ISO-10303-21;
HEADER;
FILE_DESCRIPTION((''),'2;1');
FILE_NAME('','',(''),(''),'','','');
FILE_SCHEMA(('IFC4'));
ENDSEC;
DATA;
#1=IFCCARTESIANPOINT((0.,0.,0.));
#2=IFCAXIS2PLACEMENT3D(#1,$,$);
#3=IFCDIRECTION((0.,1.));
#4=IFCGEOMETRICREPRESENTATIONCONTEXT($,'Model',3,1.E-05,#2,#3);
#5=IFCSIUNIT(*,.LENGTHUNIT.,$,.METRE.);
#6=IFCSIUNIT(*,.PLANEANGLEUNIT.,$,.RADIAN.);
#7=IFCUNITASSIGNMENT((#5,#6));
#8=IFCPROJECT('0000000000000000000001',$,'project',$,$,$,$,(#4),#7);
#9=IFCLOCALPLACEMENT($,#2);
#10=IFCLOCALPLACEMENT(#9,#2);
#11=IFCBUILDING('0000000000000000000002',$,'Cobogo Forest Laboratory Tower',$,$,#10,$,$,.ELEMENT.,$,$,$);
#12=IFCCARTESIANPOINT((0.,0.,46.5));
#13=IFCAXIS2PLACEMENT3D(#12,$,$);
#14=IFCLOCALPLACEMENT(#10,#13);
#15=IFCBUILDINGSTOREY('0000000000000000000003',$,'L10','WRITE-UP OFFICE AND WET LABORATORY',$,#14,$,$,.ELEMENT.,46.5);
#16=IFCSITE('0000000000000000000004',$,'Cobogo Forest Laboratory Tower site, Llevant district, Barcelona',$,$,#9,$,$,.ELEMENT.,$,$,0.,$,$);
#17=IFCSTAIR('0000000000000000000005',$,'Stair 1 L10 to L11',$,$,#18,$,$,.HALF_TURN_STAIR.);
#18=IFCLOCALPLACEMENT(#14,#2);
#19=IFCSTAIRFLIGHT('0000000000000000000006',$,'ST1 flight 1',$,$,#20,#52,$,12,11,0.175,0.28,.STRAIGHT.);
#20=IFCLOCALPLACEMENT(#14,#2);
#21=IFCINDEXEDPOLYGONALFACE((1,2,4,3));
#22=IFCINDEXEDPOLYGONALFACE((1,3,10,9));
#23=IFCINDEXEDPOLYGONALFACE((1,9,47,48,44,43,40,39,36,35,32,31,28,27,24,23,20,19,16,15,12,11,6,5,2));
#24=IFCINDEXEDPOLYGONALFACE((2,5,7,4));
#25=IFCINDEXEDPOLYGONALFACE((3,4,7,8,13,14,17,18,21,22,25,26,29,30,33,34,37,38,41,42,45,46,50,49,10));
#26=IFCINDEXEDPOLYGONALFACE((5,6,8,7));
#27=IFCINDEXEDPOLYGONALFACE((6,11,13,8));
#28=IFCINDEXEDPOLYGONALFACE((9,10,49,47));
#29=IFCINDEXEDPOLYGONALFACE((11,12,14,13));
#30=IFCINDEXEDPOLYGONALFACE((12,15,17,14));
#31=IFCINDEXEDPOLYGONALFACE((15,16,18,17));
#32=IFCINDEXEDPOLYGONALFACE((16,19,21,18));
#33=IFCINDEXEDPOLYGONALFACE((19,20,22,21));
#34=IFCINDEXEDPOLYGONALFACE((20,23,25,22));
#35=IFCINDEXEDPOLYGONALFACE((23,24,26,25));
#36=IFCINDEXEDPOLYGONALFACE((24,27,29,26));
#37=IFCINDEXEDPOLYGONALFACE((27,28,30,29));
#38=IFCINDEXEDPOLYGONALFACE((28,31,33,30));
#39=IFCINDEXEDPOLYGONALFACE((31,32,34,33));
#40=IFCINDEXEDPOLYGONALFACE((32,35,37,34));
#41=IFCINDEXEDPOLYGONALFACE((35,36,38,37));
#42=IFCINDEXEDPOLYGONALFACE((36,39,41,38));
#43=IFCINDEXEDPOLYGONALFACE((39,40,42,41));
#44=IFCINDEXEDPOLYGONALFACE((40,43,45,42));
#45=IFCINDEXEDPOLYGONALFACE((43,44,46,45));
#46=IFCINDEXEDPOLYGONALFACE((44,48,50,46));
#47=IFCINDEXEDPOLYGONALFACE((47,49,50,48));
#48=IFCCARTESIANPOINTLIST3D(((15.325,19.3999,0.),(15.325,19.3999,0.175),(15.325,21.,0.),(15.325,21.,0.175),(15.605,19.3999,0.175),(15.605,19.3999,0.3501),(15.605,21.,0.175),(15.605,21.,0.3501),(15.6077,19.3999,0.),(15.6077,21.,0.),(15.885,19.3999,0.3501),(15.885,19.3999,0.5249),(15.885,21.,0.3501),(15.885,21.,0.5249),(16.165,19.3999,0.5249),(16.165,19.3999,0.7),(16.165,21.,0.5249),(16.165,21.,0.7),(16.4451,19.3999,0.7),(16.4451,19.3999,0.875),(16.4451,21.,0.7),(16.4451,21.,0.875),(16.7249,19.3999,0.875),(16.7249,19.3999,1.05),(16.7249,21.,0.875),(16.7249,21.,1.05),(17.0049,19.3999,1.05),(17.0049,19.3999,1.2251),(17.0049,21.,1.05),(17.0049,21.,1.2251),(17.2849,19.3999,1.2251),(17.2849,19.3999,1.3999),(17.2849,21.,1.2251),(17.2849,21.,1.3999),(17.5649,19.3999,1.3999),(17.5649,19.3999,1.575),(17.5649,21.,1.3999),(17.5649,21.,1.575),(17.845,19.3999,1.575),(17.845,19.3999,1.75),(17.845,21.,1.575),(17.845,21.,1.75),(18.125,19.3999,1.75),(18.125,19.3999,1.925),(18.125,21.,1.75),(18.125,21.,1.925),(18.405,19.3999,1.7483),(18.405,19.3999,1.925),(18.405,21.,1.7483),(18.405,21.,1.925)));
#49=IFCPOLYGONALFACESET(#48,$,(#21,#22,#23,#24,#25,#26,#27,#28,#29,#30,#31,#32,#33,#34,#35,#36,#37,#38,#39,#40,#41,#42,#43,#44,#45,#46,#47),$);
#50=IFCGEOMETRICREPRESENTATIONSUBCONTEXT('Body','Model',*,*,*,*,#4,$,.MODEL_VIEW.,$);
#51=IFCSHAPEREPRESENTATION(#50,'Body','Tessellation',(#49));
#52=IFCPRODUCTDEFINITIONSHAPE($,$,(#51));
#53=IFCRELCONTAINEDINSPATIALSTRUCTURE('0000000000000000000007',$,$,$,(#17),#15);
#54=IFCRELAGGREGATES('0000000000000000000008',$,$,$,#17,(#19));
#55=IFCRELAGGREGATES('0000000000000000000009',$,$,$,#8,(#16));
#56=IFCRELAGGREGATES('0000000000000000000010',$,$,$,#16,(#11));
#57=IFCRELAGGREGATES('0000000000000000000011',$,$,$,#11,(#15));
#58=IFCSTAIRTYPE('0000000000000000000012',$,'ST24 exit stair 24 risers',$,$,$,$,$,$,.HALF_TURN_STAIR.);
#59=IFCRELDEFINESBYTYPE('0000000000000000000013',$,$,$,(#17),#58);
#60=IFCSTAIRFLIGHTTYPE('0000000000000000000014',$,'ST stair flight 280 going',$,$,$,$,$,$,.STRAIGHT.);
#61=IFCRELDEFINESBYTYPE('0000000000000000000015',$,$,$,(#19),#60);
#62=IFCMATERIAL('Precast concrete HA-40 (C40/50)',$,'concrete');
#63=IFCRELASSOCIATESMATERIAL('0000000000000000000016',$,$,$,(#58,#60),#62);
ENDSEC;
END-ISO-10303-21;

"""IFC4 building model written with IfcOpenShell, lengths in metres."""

from ifc_helpers import new_model, si_unit, direction, frame, origin, place, context, subcontext, project, spatial, polyline, outline, extrude, material, type_object, element, aggregate, save


model = new_model("IFC4")

# Units and contexts
model_context = context("Model", 3, precision=1e-05, world=origin(), true_north=direction((0.0, 1.0)))
body_context = subcontext(model_context, "Body", "Model", "MODEL_VIEW")
ifc_project = project(units=[si_unit("LENGTHUNIT", "METRE"), si_unit("PLANEANGLEUNIT", "RADIAN")], contexts=[model_context])

# Site, building, storey
site_placement = place(None, origin())
site = spatial("IfcSite", under=ifc_project, at=site_placement, Name="Cobogo Forest Laboratory Tower site, Llevant district, Barcelona", CompositionType="ELEMENT", RefElevation=0.0)
building_placement = place(site_placement, origin())
building = spatial("IfcBuilding", under=site, at=building_placement, Name="Cobogo Forest Laboratory Tower", CompositionType="ELEMENT")
storey_placement = place(building_placement, frame((0.0, 0.0, 46.5)))
storey = spatial("IfcBuildingStorey", under=building, at=storey_placement, Name="L10", Description="WRITE-UP OFFICE AND WET LABORATORY", CompositionType="ELEMENT", Elevation=46.5)

# Stair, stair flight
ifc_material_1 = material(Name="Precast concrete HA-40 (C40/50)", Category="concrete")
stair_type = type_object("IfcStairType", Name="ST24 exit stair 24 risers", PredefinedType="HALF_TURN_STAIR", material=ifc_material_1)
stair_placement = place(storey_placement, origin())
stair = element("IfcStair", 1, at=stair_placement, inside=storey, type_object=stair_type, Name="Stair 1 L10 to L11", PredefinedType="HALF_TURN_STAIR")
stair_flight_type = type_object("IfcStairFlightType", Name="ST stair flight 280 going", PredefinedType="STRAIGHT", material=ifc_material_1)
stair_flight_placement = place(storey_placement, frame((15.325, 20.2, 0.0), z_axis=(0.0, 0.0, 1.0), x_axis=(1.0, 0.0, 0.0)))
stair_flight = element("IfcStairFlight", 2, at=stair_flight_placement, type_object=stair_flight_type, Name="ST1 flight 1", NumberOfRisers=12, NumberOfTreads=11, PredefinedType="STRAIGHT", RiserHeight=0.175, TreadLength=0.28, context=body_context, shape_type="SweptSolid", body=[
    extrude(outline(polyline([(0.0, 0.0), (0.0, 0.175), (0.28, 0.175), (0.28, 0.3501), (0.5601, 0.3501), (0.5601, 0.5249), (0.8401, 0.5249), (0.8401, 0.7), (1.1201, 0.7), (1.1201, 0.875), (1.3999, 0.875), (1.3999, 1.05), (1.6799, 1.05), (1.6799, 1.2251), (1.96, 1.2251), (1.96, 1.3999), (2.24, 1.3999), (2.24, 1.575), (2.52, 1.575), (2.52, 1.75), (2.8, 1.75), (2.8, 1.925), (3.0801, 1.925), (3.0801, 2.1001), (3.0801, 1.7483), (0.2827, 0.0), (0.0, 0.0)])), frame((0.0, 0.8, 0.0), z_axis=(0.0, -1.0, 0.0), x_axis=(1.0, 0.0, 0.0)), (0.0, 0.0, 1.0), 1.6001),
])
aggregate(stair, [stair_flight])

save(model, "model.ifc")
